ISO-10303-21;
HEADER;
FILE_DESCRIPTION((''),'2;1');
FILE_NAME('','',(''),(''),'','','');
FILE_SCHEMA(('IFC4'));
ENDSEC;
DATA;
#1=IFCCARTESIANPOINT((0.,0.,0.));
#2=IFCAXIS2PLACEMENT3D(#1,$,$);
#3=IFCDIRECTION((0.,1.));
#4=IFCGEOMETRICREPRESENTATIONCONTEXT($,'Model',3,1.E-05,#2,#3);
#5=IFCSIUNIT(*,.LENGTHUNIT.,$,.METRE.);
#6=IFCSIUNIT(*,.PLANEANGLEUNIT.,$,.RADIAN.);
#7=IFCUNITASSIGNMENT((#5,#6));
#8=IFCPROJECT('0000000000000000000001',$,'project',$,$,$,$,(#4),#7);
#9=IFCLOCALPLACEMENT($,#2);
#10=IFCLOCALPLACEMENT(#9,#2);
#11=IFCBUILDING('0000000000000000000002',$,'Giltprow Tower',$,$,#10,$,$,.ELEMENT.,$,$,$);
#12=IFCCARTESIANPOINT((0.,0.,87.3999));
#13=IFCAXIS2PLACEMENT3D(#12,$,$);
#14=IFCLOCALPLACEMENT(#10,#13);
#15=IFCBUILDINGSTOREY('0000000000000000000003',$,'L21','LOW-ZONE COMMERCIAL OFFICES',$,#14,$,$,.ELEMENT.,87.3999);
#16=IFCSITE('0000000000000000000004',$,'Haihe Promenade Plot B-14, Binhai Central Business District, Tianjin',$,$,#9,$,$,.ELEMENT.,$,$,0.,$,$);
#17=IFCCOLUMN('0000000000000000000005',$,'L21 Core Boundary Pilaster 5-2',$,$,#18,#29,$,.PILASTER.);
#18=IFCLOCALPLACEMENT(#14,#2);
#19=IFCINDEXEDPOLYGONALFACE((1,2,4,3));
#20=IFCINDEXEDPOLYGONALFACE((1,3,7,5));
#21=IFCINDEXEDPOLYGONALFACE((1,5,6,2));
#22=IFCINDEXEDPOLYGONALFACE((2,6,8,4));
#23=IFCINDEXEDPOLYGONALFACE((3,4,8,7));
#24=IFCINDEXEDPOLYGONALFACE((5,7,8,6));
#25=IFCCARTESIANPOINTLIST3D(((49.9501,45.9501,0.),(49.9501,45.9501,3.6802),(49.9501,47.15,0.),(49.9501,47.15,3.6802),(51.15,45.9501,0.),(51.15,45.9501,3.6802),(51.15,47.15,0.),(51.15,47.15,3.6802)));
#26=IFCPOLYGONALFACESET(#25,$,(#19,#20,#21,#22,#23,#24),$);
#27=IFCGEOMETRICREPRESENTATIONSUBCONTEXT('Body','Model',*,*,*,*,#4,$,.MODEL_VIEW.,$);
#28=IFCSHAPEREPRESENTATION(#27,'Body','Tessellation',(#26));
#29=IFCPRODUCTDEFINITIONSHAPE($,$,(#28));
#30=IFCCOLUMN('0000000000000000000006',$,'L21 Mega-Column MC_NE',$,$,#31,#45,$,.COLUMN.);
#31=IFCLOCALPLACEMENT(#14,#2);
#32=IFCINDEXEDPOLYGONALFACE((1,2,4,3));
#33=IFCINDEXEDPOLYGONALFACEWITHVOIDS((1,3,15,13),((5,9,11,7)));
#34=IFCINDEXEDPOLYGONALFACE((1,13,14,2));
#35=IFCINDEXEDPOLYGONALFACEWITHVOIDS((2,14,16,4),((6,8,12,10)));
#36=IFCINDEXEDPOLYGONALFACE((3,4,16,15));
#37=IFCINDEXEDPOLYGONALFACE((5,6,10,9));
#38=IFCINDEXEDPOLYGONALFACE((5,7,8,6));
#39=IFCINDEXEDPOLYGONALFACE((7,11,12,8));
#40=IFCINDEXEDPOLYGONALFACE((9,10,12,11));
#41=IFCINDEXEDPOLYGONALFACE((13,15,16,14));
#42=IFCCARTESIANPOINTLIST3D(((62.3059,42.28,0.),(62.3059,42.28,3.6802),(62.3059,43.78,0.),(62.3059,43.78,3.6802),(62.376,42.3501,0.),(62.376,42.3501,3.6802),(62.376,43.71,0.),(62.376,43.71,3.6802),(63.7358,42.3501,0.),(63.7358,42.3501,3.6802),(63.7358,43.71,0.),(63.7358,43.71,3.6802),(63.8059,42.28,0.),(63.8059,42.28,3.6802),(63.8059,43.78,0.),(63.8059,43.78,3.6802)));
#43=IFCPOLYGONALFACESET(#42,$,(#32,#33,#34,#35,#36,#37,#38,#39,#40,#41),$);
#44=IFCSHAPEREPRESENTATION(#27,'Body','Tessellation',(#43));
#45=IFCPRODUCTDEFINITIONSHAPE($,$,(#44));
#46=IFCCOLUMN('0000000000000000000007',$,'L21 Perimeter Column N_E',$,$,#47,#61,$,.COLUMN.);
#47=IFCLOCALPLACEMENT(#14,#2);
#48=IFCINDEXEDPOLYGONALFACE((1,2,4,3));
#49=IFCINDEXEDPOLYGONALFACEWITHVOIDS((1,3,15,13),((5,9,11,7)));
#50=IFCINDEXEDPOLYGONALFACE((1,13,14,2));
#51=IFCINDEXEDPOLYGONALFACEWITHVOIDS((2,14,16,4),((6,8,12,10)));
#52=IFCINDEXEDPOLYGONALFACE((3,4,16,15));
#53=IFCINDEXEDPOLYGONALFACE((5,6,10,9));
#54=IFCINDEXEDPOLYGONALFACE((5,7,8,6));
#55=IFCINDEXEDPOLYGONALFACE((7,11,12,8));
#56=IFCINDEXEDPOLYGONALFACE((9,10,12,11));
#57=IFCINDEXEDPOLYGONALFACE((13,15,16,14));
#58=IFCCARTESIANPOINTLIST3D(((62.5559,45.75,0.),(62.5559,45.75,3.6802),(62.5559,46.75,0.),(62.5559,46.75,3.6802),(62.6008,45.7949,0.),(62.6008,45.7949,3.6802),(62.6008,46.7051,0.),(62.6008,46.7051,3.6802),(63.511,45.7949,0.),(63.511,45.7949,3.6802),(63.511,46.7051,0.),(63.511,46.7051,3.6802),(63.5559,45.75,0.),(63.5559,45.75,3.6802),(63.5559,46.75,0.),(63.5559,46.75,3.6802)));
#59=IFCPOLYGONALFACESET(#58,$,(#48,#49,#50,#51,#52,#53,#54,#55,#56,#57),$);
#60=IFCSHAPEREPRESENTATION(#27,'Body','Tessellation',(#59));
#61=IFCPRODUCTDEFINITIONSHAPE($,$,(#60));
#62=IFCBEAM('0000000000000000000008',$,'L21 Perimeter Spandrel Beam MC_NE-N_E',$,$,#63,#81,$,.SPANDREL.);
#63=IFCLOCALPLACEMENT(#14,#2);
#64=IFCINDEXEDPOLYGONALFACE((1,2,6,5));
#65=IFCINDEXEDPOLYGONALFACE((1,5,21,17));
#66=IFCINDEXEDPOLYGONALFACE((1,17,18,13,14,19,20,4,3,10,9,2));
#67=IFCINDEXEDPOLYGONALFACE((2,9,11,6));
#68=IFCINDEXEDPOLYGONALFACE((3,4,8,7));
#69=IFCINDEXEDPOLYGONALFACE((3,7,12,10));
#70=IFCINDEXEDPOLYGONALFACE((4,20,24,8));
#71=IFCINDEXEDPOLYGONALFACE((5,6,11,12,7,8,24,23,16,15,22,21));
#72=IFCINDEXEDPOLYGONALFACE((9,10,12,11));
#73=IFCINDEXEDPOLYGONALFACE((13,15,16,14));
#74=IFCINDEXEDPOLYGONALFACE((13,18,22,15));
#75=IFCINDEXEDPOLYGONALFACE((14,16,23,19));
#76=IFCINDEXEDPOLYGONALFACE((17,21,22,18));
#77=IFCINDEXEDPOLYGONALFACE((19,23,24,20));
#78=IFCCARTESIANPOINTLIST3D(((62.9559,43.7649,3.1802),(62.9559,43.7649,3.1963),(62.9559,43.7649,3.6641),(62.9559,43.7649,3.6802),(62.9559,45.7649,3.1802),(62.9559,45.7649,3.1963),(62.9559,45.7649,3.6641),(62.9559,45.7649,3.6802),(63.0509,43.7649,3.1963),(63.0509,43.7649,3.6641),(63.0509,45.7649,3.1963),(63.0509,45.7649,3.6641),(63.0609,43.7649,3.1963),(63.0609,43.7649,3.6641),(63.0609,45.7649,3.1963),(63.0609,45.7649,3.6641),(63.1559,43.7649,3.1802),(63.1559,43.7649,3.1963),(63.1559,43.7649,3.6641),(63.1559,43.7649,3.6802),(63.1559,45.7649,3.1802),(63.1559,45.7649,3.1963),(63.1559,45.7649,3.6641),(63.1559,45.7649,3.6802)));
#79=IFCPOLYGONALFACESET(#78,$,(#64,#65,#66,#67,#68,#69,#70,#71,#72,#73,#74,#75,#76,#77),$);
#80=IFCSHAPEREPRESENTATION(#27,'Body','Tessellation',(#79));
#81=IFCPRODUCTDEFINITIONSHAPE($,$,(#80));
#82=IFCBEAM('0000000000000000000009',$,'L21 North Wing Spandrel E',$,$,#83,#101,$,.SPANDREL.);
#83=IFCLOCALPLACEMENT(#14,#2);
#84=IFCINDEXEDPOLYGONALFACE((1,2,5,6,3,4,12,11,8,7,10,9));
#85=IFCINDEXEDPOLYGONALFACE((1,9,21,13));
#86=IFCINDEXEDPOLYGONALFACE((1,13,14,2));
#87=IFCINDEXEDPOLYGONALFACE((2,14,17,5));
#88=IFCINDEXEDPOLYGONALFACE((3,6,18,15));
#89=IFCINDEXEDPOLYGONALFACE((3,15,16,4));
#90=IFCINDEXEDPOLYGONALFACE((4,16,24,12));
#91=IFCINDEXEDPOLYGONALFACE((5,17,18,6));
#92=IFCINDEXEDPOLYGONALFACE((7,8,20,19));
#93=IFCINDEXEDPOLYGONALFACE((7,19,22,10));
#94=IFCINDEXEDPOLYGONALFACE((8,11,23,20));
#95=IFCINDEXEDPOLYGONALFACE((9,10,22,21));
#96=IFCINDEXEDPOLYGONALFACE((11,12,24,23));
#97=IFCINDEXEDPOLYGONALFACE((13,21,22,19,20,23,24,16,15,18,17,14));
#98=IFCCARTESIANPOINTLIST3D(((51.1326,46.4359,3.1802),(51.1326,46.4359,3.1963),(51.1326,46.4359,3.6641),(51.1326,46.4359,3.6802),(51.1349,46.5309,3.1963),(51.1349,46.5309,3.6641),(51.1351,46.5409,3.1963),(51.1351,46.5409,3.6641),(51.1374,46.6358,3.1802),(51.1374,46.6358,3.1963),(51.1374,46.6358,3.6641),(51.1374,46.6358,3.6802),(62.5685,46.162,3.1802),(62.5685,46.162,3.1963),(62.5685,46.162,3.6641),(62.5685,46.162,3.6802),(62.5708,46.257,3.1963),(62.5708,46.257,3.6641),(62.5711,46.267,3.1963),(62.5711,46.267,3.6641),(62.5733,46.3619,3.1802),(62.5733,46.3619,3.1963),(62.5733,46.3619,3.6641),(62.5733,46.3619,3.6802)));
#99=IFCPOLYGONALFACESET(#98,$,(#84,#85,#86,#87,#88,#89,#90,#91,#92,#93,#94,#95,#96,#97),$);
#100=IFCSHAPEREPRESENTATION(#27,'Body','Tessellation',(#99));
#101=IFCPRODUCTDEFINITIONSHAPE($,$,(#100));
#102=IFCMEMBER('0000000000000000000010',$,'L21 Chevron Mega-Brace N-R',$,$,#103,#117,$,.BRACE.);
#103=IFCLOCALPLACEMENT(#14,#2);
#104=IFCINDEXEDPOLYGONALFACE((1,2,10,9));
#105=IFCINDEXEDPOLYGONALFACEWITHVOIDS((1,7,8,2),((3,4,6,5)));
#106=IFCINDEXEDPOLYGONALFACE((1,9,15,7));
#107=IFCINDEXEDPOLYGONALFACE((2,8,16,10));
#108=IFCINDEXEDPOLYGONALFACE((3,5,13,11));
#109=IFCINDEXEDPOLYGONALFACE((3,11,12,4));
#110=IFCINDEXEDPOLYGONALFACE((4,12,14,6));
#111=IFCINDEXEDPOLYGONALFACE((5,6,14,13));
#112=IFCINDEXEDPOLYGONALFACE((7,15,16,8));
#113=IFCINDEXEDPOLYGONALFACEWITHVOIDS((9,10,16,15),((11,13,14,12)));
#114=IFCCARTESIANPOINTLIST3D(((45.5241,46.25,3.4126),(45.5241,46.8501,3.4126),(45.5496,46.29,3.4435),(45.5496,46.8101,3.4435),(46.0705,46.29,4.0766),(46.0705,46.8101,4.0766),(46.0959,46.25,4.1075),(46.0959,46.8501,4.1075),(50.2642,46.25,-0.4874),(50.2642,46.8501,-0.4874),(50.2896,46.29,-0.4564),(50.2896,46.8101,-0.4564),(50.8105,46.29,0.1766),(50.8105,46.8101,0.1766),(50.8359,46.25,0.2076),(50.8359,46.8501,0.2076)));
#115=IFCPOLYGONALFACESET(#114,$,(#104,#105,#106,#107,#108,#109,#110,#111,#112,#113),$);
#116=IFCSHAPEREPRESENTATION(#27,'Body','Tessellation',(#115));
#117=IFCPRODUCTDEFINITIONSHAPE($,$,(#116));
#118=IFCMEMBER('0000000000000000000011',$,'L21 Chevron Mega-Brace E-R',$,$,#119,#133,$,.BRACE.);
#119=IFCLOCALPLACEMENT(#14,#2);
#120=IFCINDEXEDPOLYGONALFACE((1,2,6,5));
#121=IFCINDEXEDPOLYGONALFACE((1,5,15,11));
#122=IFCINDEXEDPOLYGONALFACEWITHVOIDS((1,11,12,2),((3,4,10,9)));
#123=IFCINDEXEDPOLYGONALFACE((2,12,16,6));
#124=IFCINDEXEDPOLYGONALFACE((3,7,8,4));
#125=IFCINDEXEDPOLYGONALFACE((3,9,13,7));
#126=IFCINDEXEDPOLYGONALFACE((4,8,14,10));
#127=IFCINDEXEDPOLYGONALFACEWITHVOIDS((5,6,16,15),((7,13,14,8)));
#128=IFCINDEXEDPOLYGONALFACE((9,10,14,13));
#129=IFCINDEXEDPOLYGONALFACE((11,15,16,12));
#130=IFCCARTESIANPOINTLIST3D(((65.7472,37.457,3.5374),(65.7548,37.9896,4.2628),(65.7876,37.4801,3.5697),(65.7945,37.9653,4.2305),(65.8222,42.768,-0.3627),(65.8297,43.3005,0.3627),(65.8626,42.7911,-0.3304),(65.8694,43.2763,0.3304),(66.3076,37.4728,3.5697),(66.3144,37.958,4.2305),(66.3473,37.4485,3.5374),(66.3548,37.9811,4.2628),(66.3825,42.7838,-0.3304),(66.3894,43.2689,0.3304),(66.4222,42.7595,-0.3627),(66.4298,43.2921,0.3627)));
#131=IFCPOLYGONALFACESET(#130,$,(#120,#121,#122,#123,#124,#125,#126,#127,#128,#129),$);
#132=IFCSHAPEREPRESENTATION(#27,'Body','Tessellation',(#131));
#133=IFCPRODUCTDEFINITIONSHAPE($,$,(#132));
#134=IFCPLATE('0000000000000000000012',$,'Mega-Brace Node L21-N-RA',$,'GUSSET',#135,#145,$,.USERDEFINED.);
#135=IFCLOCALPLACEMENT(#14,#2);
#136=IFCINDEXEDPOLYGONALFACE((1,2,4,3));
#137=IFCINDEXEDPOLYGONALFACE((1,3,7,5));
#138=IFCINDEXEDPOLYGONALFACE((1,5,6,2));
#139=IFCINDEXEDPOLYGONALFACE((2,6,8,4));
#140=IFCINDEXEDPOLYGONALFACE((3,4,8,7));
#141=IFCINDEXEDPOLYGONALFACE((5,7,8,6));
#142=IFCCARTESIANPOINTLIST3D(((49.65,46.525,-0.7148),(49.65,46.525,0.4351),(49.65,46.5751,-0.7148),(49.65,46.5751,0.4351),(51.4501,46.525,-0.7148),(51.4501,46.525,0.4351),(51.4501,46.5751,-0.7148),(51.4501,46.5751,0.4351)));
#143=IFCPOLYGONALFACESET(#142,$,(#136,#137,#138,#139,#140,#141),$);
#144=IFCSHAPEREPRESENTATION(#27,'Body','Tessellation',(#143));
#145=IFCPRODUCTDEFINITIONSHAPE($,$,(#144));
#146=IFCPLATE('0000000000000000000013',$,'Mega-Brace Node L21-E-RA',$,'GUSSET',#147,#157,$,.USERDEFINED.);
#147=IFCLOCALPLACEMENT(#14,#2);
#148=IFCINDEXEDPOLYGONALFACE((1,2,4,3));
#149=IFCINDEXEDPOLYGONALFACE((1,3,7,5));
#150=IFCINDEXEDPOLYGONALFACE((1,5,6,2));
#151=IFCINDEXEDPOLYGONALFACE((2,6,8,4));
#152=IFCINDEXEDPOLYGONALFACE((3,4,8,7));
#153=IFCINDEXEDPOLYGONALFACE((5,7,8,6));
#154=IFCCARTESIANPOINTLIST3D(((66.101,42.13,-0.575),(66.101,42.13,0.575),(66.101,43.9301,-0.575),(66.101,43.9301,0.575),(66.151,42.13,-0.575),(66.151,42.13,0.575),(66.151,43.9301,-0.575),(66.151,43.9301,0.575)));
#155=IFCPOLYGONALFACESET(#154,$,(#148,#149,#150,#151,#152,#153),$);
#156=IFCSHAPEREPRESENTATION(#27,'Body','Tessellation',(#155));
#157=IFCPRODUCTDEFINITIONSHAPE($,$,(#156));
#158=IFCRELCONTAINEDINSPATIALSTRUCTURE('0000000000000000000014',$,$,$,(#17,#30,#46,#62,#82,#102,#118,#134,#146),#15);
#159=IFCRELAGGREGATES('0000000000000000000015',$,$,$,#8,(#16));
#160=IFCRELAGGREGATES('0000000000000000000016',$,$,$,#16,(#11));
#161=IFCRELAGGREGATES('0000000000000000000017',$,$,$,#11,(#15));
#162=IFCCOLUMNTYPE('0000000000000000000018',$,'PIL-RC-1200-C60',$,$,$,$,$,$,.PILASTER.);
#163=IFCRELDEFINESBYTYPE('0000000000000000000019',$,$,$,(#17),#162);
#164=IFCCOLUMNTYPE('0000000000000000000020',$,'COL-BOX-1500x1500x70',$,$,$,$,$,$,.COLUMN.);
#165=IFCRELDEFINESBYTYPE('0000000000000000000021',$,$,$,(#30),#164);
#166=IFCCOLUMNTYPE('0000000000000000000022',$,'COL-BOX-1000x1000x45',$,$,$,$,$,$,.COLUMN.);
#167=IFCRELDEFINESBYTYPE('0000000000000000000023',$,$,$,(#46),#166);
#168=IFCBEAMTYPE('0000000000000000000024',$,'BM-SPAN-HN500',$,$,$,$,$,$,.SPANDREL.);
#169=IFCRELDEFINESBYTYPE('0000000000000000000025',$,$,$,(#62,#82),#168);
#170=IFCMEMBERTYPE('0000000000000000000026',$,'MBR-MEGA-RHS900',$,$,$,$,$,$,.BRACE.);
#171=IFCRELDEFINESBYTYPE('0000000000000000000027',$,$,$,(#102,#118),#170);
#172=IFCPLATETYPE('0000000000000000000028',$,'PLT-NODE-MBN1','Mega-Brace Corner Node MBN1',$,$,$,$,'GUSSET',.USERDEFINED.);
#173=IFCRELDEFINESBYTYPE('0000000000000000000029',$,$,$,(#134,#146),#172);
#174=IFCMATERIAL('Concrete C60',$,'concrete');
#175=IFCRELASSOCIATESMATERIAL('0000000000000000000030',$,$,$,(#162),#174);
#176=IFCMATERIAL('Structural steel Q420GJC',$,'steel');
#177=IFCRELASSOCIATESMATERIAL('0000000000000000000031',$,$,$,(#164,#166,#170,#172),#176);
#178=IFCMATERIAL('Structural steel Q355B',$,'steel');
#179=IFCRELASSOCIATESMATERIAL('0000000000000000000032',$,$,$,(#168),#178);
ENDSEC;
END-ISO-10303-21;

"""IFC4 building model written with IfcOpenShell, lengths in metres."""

from ifc_helpers import new_model, si_unit, direction, frame, origin, origin_2d, place, context, subcontext, project, spatial, rectangle, hollow_rectangle, i_section, extrude, source, transform, mapped, material, material_profile, profile_set, type_object, element, save


model = new_model("IFC4")

# Units and contexts
model_context = context("Model", 3, precision=1e-05, world=origin(), true_north=direction((0.0, 1.0)))
body_context = subcontext(model_context, "Body", "Model", "MODEL_VIEW")
ifc_project = project(units=[si_unit("LENGTHUNIT", "METRE"), si_unit("PLANEANGLEUNIT", "RADIAN")], contexts=[model_context])

# Site, building, storey
site_placement = place(None, origin())
site = spatial("IfcSite", under=ifc_project, at=site_placement, Name="Haihe Promenade Plot B-14, Binhai Central Business District, Tianjin", CompositionType="ELEMENT", RefElevation=0.0)
building_placement = place(site_placement, origin())
building = spatial("IfcBuilding", under=site, at=building_placement, Name="Giltprow Tower", CompositionType="ELEMENT")
storey_placement = place(building_placement, frame((0.0, 0.0, 87.3999)))
storey = spatial("IfcBuildingStorey", under=building, at=storey_placement, Name="L21", Description="LOW-ZONE COMMERCIAL OFFICES", CompositionType="ELEMENT", Elevation=87.3999)

# Columns
ifc_material_1 = material(Name="Concrete C60", Category="concrete")
ifc_material_profile_1 = material_profile(ifc_material_1, rectangle(XDim=1.2, YDim=1.2, at=origin_2d()), Name="RC 1200x1200")
ifc_profile_set_1 = profile_set([ifc_material_profile_1], Name="Concrete C60")
column_type_1 = type_object("IfcColumnType", Name="PIL-RC-1200-C60", PredefinedType="PILASTER", material=ifc_profile_set_1)
shared_shape_1 = source(origin(), body_context, "Body", "SweptSolid", [
    extrude(rectangle(XDim=1.2, YDim=1.2, at=origin_2d()), origin(), (0.0, 0.0, 1.0), 3.6802),
])
column_1_placement = place(storey_placement, frame((50.55, 46.55, 0.0), z_axis=(0.0, 0.0, 1.0), x_axis=(1.0, 0.0, 0.0)))
element("IfcColumn", 1, at=column_1_placement, inside=storey, type_object=column_type_1, Name="L21 Core Boundary Pilaster 5-2", PredefinedType="PILASTER", context=body_context, shape_type="MappedRepresentation", body=[
    mapped(shared_shape_1, transform((0.0, 0.0, 0.0), x_axis=(1.0, 0.0, 0.0), y_axis=(0.0, 1.0, 0.0), z_axis=(0.0, 0.0, 1.0), scale=1.0)),
])
ifc_material_2 = material(Name="Structural steel Q420GJC", Category="steel")
ifc_material_profile_2 = material_profile(ifc_material_2, hollow_rectangle(XDim=1.5, YDim=1.5, WallThickness=0.0701, at=origin_2d()), Name="BOX 1500x1500x70")
ifc_profile_set_2 = profile_set([ifc_material_profile_2], Name="Structural steel Q420GJC")
column_type_2 = type_object("IfcColumnType", Name="COL-BOX-1500x1500x70", PredefinedType="COLUMN", material=ifc_profile_set_2)
shared_shape_2 = source(origin(), body_context, "Body", "SweptSolid", [
    extrude(hollow_rectangle(XDim=1.5, YDim=1.5, WallThickness=0.0701, at=origin_2d()), origin(), (0.0, 0.0, 1.0), 3.6802),
])
column_2_placement = place(storey_placement, frame((63.0559, 43.03, 0.0), z_axis=(0.0, 0.0, 1.0), x_axis=(1.0, 0.0, 0.0)))
element("IfcColumn", 2, at=column_2_placement, inside=storey, type_object=column_type_2, Name="L21 Mega-Column MC_NE", PredefinedType="COLUMN", context=body_context, shape_type="MappedRepresentation", body=[
    mapped(shared_shape_2, transform((0.0, 0.0, 0.0), x_axis=(1.0, 0.0, 0.0), y_axis=(0.0, 1.0, 0.0), z_axis=(0.0, 0.0, 1.0), scale=1.0)),
])
ifc_material_profile_3 = material_profile(ifc_material_2, hollow_rectangle(XDim=1.0, YDim=1.0, WallThickness=0.0449, at=origin_2d()), Name="BOX 1000x1000x45")
ifc_profile_set_3 = profile_set([ifc_material_profile_3], Name="Structural steel Q420GJC")
column_type_3 = type_object("IfcColumnType", Name="COL-BOX-1000x1000x45", PredefinedType="COLUMN", material=ifc_profile_set_3)
shared_shape_3 = source(origin(), body_context, "Body", "SweptSolid", [
    extrude(hollow_rectangle(XDim=1.0, YDim=1.0, WallThickness=0.0449, at=origin_2d()), origin(), (0.0, 0.0, 1.0), 3.6802),
])
column_3_placement = place(storey_placement, frame((63.0559, 46.25, 0.0), z_axis=(0.0, 0.0, 1.0), x_axis=(1.0, 0.0, 0.0)))
element("IfcColumn", 3, at=column_3_placement, inside=storey, type_object=column_type_3, Name="L21 Perimeter Column N_E", PredefinedType="COLUMN", context=body_context, shape_type="MappedRepresentation", body=[
    mapped(shared_shape_3, transform((0.0, 0.0, 0.0), x_axis=(1.0, 0.0, 0.0), y_axis=(0.0, 1.0, 0.0), z_axis=(0.0, 0.0, 1.0), scale=1.0)),
])

# Beams
ifc_material_3 = material(Name="Structural steel Q355B", Category="steel")
ifc_material_profile_4 = material_profile(ifc_material_3, i_section(OverallWidth=0.2, OverallDepth=0.5, WebThickness=0.01, FlangeThickness=0.0161, at=origin_2d()), Name="HN 500x200x10x16")
ifc_profile_set_4 = profile_set([ifc_material_profile_4], Name="Structural steel Q355B")
beam_type = type_object("IfcBeamType", Name="BM-SPAN-HN500", PredefinedType="SPANDREL", material=ifc_profile_set_4)
shared_shape_4 = source(origin(), body_context, "Body", "SweptSolid", [
    extrude(i_section(OverallWidth=0.2, OverallDepth=0.5, WebThickness=0.01, FlangeThickness=0.0161, at=origin_2d()), origin(), (0.0, 0.0, 1.0), 2.0),
])
beam_1_placement = place(storey_placement, frame((63.0559, 43.7649, 3.4302), z_axis=(0.0, 1.0, 0.0), x_axis=(-1.0, 0.0, 0.0)))
element("IfcBeam", 4, at=beam_1_placement, inside=storey, type_object=beam_type, Name="L21 Perimeter Spandrel Beam MC_NE-N_E", PredefinedType="SPANDREL", context=body_context, shape_type="MappedRepresentation", body=[
    mapped(shared_shape_4, transform((0.0, 0.0, 0.0), x_axis=(1.0, 0.0, 0.0), y_axis=(0.0, 1.0, 0.0), z_axis=(0.0, 0.0, 1.0), scale=1.0)),
])
shared_shape_5 = source(origin(), body_context, "Body", "SweptSolid", [
    extrude(i_section(OverallWidth=0.2, OverallDepth=0.5, WebThickness=0.01, FlangeThickness=0.0161, at=origin_2d()), origin(), (0.0, 0.0, 1.0), 11.4392),
])
beam_2_placement = place(storey_placement, frame((51.135, 46.5359, 3.4302), z_axis=(0.999713, -0.023946, 0.0), x_axis=(0.023946, 0.999713, 0.0)))
element("IfcBeam", 5, at=beam_2_placement, inside=storey, type_object=beam_type, Name="L21 North Wing Spandrel E", PredefinedType="SPANDREL", context=body_context, shape_type="MappedRepresentation", body=[
    mapped(shared_shape_5, transform((0.0, 0.0, 0.0), x_axis=(1.0, 0.0, 0.0), y_axis=(0.0, 1.0, 0.0), z_axis=(0.0, 0.0, 1.0), scale=1.0)),
])

# Members
ifc_material_profile_5 = material_profile(ifc_material_2, hollow_rectangle(XDim=0.6001, YDim=0.8999, WallThickness=0.04, at=origin_2d()), Name="RHS 900x600x40")
ifc_profile_set_5 = profile_set([ifc_material_profile_5], Name="Structural steel Q420GJC")
member_type = type_object("IfcMemberType", Name="MBR-MEGA-RHS900", PredefinedType="BRACE", material=ifc_profile_set_5)
shared_shape_6 = source(origin(), body_context, "Body", "SweptSolid", [
    extrude(hollow_rectangle(XDim=0.6001, YDim=0.8999, WallThickness=0.04, at=origin_2d()), origin(), (0.0, 0.0, 1.0), 6.1382),
])
member_1_placement = place(storey_placement, frame((50.55, 46.55, -0.1399), z_axis=(-0.772219, 0.0, 0.635356), x_axis=(0.0, -1.0, 0.0)))
element("IfcMember", 6, at=member_1_placement, inside=storey, type_object=member_type, Name="L21 Chevron Mega-Brace N-R", PredefinedType="BRACE", context=body_context, shape_type="MappedRepresentation", body=[
    mapped(shared_shape_6, transform((0.0, 0.0, 0.0), x_axis=(1.0, 0.0, 0.0), y_axis=(0.0, 1.0, 0.0), z_axis=(0.0, 0.0, 1.0), scale=1.0)),
])
shared_shape_7 = source(origin(), body_context, "Body", "SweptSolid", [
    extrude(hollow_rectangle(XDim=0.6001, YDim=0.8999, WallThickness=0.04, at=origin_2d()), origin(), (0.0, 0.0, 1.0), 6.5896),
])
member_2_placement = place(storey_placement, frame((66.126, 43.03, 0.0), z_axis=(-0.011374, -0.805963, 0.591857), x_axis=(0.9999, -0.014111, 0.0)))
element("IfcMember", 7, at=member_2_placement, inside=storey, type_object=member_type, Name="L21 Chevron Mega-Brace E-R", PredefinedType="BRACE", context=body_context, shape_type="MappedRepresentation", body=[
    mapped(shared_shape_7, transform((0.0, 0.0, 0.0), x_axis=(1.0, 0.0, 0.0), y_axis=(0.0, 1.0, 0.0), z_axis=(0.0, 0.0, 1.0), scale=1.0)),
])

# Plates
plate_type = type_object("IfcPlateType", Name="PLT-NODE-MBN1", Description="Mega-Brace Corner Node MBN1", ElementType="GUSSET", PredefinedType="USERDEFINED", material=ifc_material_2)
shared_shape_8 = source(origin(), body_context, "Body", "SweptSolid", [
    extrude(rectangle(XDim=1.8, YDim=0.05, at=origin_2d()), origin(), (0.0, 0.0, 1.0), 1.1499),
])
for number, where, z_axis, x_axis, name in (
    (8, (50.55, 46.55, -0.7148), (0.0, 0.0, 1.0), (1.0, 0.0, 0.0), "Mega-Brace Node L21-N-RA"),
    (9, (66.126, 43.03, -0.575), (0.0, 0.0, 1.0), (0.0, 1.0, 0.0), "Mega-Brace Node L21-E-RA"),
):
    element("IfcPlate", number, at=place(storey_placement, frame(where, z_axis=z_axis, x_axis=x_axis)), inside=storey, type_object=plate_type, Name=name, ObjectType="GUSSET", PredefinedType="USERDEFINED", context=body_context, shape_type="MappedRepresentation", body=[
        mapped(shared_shape_8, transform((0.0, 0.0, 0.0), x_axis=(1.0, 0.0, 0.0), y_axis=(0.0, 1.0, 0.0), z_axis=(0.0, 0.0, 1.0), scale=1.0)),
    ])

save(model, "model.ifc")
